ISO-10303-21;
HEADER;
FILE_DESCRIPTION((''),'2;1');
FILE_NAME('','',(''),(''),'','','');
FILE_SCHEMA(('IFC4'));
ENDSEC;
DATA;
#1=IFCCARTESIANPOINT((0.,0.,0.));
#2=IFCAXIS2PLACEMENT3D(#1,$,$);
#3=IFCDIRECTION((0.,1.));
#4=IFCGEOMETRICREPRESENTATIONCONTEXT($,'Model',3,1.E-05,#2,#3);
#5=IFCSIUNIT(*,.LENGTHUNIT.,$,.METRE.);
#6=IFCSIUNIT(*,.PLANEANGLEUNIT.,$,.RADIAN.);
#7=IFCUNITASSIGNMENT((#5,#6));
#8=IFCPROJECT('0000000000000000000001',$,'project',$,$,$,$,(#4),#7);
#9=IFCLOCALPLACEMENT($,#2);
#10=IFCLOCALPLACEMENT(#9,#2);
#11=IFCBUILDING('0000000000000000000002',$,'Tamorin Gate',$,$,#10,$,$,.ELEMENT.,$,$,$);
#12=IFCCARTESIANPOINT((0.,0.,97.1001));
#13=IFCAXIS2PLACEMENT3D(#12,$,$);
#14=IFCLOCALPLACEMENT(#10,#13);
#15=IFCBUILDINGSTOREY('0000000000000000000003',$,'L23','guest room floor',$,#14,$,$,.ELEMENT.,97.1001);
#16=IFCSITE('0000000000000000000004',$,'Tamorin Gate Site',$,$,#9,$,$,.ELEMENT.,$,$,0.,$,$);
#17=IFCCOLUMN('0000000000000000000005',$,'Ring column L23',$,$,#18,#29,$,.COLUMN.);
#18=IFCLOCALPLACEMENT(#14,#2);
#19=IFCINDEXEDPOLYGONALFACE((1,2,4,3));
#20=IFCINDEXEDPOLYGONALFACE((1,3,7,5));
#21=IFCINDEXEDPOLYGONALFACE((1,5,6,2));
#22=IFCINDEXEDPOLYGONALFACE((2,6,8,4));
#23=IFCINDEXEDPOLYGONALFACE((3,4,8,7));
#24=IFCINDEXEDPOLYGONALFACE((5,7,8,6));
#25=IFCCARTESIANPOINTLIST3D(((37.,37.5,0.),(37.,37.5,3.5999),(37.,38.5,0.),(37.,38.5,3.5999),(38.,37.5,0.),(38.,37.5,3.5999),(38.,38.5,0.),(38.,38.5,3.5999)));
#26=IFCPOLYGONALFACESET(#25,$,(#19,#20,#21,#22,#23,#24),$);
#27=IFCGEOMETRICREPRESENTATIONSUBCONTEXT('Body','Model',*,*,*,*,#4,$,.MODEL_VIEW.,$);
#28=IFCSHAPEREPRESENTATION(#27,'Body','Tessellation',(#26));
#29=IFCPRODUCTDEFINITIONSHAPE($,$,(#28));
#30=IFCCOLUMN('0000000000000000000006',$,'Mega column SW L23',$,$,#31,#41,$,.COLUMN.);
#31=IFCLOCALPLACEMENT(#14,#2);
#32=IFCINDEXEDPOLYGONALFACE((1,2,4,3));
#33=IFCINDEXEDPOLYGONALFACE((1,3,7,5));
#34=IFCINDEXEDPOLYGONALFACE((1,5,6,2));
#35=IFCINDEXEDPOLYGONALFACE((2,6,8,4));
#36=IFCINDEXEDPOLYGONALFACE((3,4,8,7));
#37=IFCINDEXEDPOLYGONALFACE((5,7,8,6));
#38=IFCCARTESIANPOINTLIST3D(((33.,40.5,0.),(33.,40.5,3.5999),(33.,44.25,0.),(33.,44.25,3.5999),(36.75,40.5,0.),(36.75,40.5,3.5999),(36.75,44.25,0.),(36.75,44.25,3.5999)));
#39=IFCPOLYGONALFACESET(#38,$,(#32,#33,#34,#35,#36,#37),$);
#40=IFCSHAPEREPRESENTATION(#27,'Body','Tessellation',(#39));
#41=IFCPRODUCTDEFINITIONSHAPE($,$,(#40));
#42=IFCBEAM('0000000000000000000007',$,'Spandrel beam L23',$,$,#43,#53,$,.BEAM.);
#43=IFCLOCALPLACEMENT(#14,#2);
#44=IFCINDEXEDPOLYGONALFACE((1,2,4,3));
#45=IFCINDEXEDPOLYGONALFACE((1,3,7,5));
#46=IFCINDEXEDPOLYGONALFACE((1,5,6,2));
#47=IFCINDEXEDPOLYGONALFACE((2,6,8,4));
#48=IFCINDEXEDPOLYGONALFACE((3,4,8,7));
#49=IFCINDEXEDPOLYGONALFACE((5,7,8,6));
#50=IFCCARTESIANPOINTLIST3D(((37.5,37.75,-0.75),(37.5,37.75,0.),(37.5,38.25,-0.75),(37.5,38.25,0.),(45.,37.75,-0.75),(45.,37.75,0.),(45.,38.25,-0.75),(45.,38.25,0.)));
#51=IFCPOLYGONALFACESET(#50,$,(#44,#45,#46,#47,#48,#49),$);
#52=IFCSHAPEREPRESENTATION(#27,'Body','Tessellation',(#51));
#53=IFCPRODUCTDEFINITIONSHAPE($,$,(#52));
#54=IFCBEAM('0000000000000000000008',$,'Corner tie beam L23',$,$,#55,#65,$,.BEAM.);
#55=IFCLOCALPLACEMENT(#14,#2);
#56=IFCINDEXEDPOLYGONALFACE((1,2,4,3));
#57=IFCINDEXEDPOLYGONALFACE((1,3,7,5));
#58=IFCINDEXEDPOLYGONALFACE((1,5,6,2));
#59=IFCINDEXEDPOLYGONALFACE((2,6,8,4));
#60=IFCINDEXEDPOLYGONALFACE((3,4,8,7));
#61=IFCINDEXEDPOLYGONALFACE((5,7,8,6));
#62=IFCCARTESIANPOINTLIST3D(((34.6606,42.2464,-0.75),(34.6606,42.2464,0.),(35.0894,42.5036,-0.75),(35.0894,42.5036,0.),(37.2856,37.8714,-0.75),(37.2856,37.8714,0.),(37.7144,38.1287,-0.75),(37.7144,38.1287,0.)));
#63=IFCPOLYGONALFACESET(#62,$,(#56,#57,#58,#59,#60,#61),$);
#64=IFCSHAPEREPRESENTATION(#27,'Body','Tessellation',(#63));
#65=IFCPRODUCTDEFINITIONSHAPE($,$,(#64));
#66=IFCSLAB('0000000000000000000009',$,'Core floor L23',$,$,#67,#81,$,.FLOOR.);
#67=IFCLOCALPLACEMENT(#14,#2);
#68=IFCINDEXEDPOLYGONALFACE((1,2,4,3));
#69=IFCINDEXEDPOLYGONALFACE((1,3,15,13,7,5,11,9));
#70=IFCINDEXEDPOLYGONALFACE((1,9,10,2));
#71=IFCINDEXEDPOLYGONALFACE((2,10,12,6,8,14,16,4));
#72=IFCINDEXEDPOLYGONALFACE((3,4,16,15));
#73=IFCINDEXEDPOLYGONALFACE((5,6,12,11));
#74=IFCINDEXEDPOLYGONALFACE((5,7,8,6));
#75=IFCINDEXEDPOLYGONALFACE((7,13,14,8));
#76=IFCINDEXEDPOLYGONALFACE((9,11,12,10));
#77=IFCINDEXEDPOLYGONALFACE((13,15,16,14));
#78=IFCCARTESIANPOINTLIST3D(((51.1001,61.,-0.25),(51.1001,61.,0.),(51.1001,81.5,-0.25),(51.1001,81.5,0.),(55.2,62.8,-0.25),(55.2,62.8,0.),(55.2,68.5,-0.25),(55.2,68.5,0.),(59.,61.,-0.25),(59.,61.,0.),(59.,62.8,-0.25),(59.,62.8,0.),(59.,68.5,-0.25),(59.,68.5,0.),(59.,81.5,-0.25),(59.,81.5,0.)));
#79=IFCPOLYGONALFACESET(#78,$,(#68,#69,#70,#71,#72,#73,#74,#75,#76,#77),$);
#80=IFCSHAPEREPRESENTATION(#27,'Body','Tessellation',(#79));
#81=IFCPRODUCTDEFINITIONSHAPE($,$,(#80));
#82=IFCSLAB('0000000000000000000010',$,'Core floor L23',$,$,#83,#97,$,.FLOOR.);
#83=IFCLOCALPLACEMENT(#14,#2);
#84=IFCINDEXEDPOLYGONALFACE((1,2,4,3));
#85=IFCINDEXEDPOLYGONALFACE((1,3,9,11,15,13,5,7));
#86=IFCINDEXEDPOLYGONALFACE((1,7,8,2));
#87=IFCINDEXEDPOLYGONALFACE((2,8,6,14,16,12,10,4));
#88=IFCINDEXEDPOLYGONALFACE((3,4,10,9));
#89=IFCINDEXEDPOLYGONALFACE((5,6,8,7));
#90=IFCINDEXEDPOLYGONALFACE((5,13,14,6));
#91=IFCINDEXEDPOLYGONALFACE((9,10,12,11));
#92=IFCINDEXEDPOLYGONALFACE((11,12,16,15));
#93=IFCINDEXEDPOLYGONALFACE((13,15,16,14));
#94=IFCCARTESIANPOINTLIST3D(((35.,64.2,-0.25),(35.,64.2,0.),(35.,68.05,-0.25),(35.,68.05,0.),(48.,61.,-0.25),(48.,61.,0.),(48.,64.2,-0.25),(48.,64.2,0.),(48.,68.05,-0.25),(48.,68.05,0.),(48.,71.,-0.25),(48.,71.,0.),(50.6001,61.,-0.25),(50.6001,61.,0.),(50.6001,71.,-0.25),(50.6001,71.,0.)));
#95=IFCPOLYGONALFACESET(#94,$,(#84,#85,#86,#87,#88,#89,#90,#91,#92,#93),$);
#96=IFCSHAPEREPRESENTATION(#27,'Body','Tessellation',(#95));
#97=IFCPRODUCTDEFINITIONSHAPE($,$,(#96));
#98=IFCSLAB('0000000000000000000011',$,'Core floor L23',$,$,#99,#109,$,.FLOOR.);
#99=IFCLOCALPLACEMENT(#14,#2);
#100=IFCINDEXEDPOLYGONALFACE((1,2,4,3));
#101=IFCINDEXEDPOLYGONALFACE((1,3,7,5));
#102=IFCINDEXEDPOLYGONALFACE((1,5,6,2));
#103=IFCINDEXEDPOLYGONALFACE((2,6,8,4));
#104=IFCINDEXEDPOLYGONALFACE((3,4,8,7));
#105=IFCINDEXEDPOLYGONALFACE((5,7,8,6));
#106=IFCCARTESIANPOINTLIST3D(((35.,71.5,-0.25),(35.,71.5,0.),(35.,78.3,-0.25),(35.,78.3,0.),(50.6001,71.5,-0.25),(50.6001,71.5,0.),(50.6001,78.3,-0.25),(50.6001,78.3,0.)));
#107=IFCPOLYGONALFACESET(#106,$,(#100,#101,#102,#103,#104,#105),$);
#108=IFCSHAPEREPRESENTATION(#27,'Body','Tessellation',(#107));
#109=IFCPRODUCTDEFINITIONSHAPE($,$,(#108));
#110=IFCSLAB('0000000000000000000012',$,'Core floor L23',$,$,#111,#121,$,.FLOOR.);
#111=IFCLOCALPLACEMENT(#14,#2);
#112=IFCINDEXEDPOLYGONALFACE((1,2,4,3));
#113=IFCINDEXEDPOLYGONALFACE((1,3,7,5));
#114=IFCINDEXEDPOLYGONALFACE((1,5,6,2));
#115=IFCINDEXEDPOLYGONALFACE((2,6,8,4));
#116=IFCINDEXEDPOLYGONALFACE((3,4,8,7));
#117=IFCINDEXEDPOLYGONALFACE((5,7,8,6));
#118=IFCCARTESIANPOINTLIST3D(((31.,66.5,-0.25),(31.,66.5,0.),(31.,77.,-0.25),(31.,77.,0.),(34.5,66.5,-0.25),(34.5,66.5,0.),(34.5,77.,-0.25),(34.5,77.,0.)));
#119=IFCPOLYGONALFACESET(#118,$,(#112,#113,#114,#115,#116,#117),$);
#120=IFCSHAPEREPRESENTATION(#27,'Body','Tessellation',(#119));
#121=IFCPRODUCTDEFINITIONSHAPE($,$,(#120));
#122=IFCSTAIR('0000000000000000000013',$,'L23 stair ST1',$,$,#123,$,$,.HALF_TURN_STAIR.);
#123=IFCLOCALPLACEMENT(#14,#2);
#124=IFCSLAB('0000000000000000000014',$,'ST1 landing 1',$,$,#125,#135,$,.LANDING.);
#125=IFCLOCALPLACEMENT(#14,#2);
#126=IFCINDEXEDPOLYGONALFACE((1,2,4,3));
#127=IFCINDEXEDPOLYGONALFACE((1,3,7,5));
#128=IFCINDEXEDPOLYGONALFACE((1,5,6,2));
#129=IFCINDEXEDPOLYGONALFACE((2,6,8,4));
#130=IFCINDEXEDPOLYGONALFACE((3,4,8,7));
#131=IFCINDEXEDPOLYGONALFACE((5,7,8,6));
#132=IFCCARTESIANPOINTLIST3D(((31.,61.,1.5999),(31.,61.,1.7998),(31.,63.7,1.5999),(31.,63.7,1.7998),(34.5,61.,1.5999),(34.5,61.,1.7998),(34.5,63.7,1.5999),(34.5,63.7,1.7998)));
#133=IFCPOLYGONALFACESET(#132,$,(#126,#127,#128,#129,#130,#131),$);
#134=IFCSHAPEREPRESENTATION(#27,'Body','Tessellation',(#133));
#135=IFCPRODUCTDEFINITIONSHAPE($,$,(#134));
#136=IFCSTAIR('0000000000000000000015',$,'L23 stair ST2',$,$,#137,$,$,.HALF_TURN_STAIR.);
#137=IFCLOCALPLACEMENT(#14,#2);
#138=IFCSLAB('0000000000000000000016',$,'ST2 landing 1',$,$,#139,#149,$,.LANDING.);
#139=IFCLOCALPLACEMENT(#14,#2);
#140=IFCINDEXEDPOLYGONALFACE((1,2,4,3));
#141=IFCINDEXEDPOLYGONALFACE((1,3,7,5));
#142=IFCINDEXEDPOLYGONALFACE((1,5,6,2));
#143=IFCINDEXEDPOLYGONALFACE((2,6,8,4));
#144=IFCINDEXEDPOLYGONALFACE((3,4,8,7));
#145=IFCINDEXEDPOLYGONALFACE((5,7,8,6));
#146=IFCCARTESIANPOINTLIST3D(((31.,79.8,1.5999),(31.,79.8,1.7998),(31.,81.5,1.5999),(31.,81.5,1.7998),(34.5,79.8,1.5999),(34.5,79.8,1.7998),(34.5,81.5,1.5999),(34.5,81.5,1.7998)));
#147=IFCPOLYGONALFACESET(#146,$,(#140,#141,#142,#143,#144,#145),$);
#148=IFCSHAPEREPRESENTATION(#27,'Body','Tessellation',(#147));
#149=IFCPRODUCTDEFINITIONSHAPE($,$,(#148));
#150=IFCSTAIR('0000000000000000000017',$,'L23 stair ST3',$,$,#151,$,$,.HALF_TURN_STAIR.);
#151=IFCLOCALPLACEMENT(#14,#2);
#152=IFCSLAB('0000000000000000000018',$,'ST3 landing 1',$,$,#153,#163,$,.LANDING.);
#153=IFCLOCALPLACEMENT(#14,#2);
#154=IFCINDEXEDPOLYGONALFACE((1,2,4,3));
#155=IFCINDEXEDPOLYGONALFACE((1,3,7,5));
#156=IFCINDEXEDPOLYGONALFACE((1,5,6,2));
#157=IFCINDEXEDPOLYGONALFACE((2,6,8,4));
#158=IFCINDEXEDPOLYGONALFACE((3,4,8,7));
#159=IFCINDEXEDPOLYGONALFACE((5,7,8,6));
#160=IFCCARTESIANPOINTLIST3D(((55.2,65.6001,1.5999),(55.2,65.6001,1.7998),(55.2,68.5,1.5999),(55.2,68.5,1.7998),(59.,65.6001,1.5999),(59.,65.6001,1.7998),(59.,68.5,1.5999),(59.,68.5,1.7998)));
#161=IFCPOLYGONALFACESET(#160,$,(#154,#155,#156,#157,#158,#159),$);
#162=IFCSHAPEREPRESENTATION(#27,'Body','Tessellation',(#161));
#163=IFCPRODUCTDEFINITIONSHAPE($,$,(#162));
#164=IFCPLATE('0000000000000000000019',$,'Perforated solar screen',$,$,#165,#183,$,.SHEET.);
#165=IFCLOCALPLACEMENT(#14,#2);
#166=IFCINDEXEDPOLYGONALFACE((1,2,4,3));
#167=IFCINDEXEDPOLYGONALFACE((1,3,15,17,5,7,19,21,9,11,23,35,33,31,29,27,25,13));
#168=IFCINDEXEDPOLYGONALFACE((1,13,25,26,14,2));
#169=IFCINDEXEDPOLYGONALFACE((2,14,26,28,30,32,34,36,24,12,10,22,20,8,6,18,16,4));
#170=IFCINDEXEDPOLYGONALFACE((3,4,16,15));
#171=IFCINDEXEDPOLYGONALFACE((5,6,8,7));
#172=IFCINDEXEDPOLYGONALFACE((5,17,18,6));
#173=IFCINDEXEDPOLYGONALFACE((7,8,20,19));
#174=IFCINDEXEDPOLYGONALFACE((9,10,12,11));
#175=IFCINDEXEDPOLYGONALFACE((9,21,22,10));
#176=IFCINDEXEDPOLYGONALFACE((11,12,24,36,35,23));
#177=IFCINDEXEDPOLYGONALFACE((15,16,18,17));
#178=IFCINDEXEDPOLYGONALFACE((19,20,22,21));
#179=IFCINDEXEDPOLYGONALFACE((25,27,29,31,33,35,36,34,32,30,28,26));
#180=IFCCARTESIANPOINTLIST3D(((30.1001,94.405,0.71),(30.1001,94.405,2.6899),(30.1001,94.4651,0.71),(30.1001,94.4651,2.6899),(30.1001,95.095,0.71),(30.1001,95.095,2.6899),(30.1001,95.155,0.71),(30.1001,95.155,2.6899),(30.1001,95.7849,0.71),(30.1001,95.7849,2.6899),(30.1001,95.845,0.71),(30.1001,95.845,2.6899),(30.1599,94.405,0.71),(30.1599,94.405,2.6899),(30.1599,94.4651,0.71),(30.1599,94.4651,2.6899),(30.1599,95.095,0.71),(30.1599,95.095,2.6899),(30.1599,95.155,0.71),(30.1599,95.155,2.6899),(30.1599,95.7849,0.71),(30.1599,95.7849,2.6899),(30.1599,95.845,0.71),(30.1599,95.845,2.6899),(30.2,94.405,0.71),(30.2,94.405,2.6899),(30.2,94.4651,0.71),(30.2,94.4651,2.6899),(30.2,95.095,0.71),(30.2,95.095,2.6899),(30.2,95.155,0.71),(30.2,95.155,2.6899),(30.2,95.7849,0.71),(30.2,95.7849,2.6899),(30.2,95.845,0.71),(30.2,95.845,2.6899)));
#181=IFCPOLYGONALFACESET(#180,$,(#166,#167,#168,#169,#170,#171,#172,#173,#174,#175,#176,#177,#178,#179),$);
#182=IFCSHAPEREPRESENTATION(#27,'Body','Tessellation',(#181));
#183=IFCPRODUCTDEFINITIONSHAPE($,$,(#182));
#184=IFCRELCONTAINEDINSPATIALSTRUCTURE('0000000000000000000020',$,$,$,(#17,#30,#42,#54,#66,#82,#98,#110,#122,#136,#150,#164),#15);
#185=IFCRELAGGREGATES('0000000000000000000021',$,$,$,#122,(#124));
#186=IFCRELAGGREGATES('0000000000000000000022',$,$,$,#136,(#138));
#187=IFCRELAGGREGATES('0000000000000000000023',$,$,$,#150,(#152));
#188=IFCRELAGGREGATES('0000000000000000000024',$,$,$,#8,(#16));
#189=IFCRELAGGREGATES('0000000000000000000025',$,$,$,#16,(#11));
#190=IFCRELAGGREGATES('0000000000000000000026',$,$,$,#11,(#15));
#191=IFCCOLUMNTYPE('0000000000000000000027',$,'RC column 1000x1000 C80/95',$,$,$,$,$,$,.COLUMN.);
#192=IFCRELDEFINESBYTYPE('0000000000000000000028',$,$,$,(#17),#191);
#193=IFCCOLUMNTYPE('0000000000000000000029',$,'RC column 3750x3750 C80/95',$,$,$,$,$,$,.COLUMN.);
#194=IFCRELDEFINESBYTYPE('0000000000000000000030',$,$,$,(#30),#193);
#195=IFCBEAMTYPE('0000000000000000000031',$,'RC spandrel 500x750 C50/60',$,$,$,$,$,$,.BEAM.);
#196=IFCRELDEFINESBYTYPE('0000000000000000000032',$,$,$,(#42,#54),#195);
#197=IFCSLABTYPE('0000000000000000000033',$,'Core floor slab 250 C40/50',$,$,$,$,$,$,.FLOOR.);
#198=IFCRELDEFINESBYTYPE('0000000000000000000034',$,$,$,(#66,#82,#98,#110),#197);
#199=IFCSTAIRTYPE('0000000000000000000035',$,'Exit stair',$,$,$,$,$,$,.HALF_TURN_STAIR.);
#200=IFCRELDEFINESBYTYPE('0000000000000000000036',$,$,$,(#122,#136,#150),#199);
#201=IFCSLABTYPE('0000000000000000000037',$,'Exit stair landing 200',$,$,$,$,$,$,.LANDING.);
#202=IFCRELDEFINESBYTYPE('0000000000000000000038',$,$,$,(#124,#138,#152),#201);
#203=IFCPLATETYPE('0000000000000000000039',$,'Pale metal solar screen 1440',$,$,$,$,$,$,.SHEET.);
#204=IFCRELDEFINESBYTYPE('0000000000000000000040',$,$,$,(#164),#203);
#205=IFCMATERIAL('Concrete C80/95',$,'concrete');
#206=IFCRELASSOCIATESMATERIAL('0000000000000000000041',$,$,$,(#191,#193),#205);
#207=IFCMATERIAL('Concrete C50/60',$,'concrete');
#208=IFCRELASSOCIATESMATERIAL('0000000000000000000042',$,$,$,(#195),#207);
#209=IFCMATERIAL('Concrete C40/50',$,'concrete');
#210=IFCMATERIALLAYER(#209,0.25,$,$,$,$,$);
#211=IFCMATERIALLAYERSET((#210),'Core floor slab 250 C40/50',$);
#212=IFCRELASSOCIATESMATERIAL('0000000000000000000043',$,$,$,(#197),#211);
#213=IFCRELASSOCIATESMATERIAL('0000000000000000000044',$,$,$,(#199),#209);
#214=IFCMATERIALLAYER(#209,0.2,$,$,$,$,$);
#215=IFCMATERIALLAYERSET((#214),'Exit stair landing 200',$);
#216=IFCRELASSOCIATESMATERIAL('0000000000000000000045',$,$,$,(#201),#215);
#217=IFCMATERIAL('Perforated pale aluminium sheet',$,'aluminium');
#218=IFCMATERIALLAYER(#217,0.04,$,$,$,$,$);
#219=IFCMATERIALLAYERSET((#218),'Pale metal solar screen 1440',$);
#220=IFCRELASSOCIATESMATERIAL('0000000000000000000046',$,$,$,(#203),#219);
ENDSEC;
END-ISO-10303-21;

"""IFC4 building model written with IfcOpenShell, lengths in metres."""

from ifc_helpers import new_model, si_unit, direction, frame, origin, origin_2d, place, context, subcontext, project, spatial, polyline, rectangle, outline, extrude, material, layer, layer_set, material_profile, profile_set, type_object, element, aggregate, save


model = new_model("IFC4")

# Units and contexts
model_context = context("Model", 3, precision=1e-05, world=origin(), true_north=direction((0.0, 1.0)))
body_context = subcontext(model_context, "Body", "Model", "MODEL_VIEW")
ifc_project = project(units=[si_unit("LENGTHUNIT", "METRE"), si_unit("PLANEANGLEUNIT", "RADIAN")], contexts=[model_context])

# Site, building, storey
site_placement = place(None, origin())
site = spatial("IfcSite", under=ifc_project, at=site_placement, Name="Tamorin Gate Site", CompositionType="ELEMENT", RefElevation=0.0)
building_placement = place(site_placement, origin())
building = spatial("IfcBuilding", under=site, at=building_placement, Name="Tamorin Gate", CompositionType="ELEMENT")
storey_placement = place(building_placement, frame((0.0, 0.0, 97.1001)))
storey = spatial("IfcBuildingStorey", under=building, at=storey_placement, Name="L23", Description="guest room floor", CompositionType="ELEMENT", Elevation=97.1001)

# Columns
ifc_material_1 = material(Name="Concrete C80/95", Category="concrete")
ifc_material_profile_1 = material_profile(ifc_material_1, rectangle(XDim=1.0, YDim=1.0, at=origin_2d()), Name="RC 1000x1000")
ifc_profile_set_1 = profile_set([ifc_material_profile_1], Name="Concrete C80/95")
column_type_1 = type_object("IfcColumnType", Name="RC column 1000x1000 C80/95", PredefinedType="COLUMN", material=ifc_profile_set_1)
column_1_placement = place(storey_placement, frame((37.5, 38.0, 0.0), z_axis=(0.0, 0.0, 1.0), x_axis=(1.0, 0.0, 0.0)))
element("IfcColumn", 1, at=column_1_placement, inside=storey, type_object=column_type_1, Name="Ring column L23", PredefinedType="COLUMN", context=body_context, shape_type="SweptSolid", body=[
    extrude(rectangle(XDim=1.0, YDim=1.0, at=origin_2d()), origin(), (0.0, 0.0, 1.0), 3.5999),
])
ifc_material_profile_2 = material_profile(ifc_material_1, rectangle(XDim=3.75, YDim=3.75, at=origin_2d()), Name="RC 3750x3750")
ifc_profile_set_2 = profile_set([ifc_material_profile_2], Name="Concrete C80/95")
column_type_2 = type_object("IfcColumnType", Name="RC column 3750x3750 C80/95", PredefinedType="COLUMN", material=ifc_profile_set_2)
column_2_placement = place(storey_placement, frame((34.875, 42.375, 0.0), z_axis=(0.0, 0.0, 1.0), x_axis=(1.0, 0.0, 0.0)))
element("IfcColumn", 2, at=column_2_placement, inside=storey, type_object=column_type_2, Name="Mega column SW L23", PredefinedType="COLUMN", context=body_context, shape_type="SweptSolid", body=[
    extrude(rectangle(XDim=3.75, YDim=3.75, at=origin_2d()), origin(), (0.0, 0.0, 1.0), 3.5999),
])

# Beams
ifc_material_2 = material(Name="Concrete C50/60", Category="concrete")
ifc_material_profile_3 = material_profile(ifc_material_2, rectangle(XDim=0.5, YDim=0.75, at=origin_2d()), Name="RC 500x750")
ifc_profile_set_3 = profile_set([ifc_material_profile_3], Name="Concrete C50/60")
beam_type = type_object("IfcBeamType", Name="RC spandrel 500x750 C50/60", PredefinedType="BEAM", material=ifc_profile_set_3)
beam_1_placement = place(storey_placement, frame((37.5, 38.0, -0.375), z_axis=(1.0, 0.0, 0.0), x_axis=(0.0, 1.0, 0.0)))
element("IfcBeam", 3, at=beam_1_placement, inside=storey, type_object=beam_type, Name="Spandrel beam L23", PredefinedType="BEAM", context=body_context, shape_type="SweptSolid", body=[
    extrude(rectangle(XDim=0.5, YDim=0.75, at=origin_2d()), origin(), (0.0, 0.0, 1.0), 7.5),
])
beam_2_placement = place(storey_placement, frame((34.875, 42.375, -0.375), z_axis=(0.514496, -0.857493, 0.0), x_axis=(0.857493, 0.514496, 0.0)))
element("IfcBeam", 4, at=beam_2_placement, inside=storey, type_object=beam_type, Name="Corner tie beam L23", PredefinedType="BEAM", context=body_context, shape_type="SweptSolid", body=[
    extrude(rectangle(XDim=0.5, YDim=0.75, at=origin_2d()), origin(), (0.0, 0.0, 1.0), 5.1021),
])

# Slabs
ifc_material_3 = material(Name="Concrete C40/50", Category="concrete")
ifc_layer_1 = layer(ifc_material_3, 0.25)
ifc_layer_set_1 = layer_set([ifc_layer_1], Name="Core floor slab 250 C40/50")
slab_type_1 = type_object("IfcSlabType", Name="Core floor slab 250 C40/50", PredefinedType="FLOOR", material=ifc_layer_set_1)
slab_1_placement = place(storey_placement, frame((0.0, 0.0, -0.25)))
element("IfcSlab", 5, at=slab_1_placement, inside=storey, type_object=slab_type_1, Name="Core floor L23", PredefinedType="FLOOR", context=body_context, shape_type="SweptSolid", body=[
    extrude(outline(polyline([(59.0, 62.8), (59.0, 61.0), (51.1001, 61.0), (51.1001, 81.5), (59.0, 81.5), (59.0, 68.5), (55.2, 68.5), (55.2, 62.8), (59.0, 62.8)])), origin(), (0.0, 0.0, 1.0), 0.25),
])
slab_2_placement = place(storey_placement, frame((0.0, 0.0, -0.25)))
element("IfcSlab", 6, at=slab_2_placement, inside=storey, type_object=slab_type_1, Name="Core floor L23", PredefinedType="FLOOR", context=body_context, shape_type="SweptSolid", body=[
    extrude(outline(polyline([(50.6001, 61.0), (48.0, 61.0), (48.0, 64.2), (35.0, 64.2), (35.0, 68.05), (48.0, 68.05), (48.0, 71.0), (50.6001, 71.0), (50.6001, 61.0)])), origin(), (0.0, 0.0, 1.0), 0.25),
])
slab_3_placement = place(storey_placement, frame((0.0, 0.0, -0.25)))
element("IfcSlab", 7, at=slab_3_placement, inside=storey, type_object=slab_type_1, Name="Core floor L23", PredefinedType="FLOOR", context=body_context, shape_type="SweptSolid", body=[
    extrude(outline(polyline([(50.6001, 71.5), (35.0, 71.5), (35.0, 78.3), (50.6001, 78.3), (50.6001, 71.5)])), origin(), (0.0, 0.0, 1.0), 0.25),
])
slab_4_placement = place(storey_placement, frame((0.0, 0.0, -0.25)))
element("IfcSlab", 8, at=slab_4_placement, inside=storey, type_object=slab_type_1, Name="Core floor L23", PredefinedType="FLOOR", context=body_context, shape_type="SweptSolid", body=[
    extrude(outline(polyline([(31.0, 66.5), (31.0, 77.0), (34.5, 77.0), (34.5, 66.5), (31.0, 66.5)])), origin(), (0.0, 0.0, 1.0), 0.25),
])

# Stairs, slabs
stair_type = type_object("IfcStairType", Name="Exit stair", PredefinedType="HALF_TURN_STAIR", material=ifc_material_3)
stair_1_placement = place(storey_placement, origin())
stair_1 = element("IfcStair", 9, at=stair_1_placement, inside=storey, type_object=stair_type, Name="L23 stair ST1", PredefinedType="HALF_TURN_STAIR")
ifc_layer_2 = layer(ifc_material_3, 0.2)
ifc_layer_set_2 = layer_set([ifc_layer_2], Name="Exit stair landing 200")
slab_type_2 = type_object("IfcSlabType", Name="Exit stair landing 200", PredefinedType="LANDING", material=ifc_layer_set_2)
slab_5_placement = place(storey_placement, frame((0.0, 0.0, 1.5999)))
slab_5 = element("IfcSlab", 10, at=slab_5_placement, type_object=slab_type_2, Name="ST1 landing 1", PredefinedType="LANDING", context=body_context, shape_type="SweptSolid", body=[
    extrude(outline(polyline([(31.0, 63.7), (31.0, 61.0), (34.5, 61.0), (34.5, 63.7), (31.0, 63.7)])), origin(), (0.0, 0.0, 1.0), 0.2),
])
aggregate(stair_1, [slab_5])
stair_2_placement = place(storey_placement, origin())
stair_2 = element("IfcStair", 11, at=stair_2_placement, inside=storey, type_object=stair_type, Name="L23 stair ST2", PredefinedType="HALF_TURN_STAIR")
slab_6_placement = place(storey_placement, frame((0.0, 0.0, 1.5999)))
slab_6 = element("IfcSlab", 12, at=slab_6_placement, type_object=slab_type_2, Name="ST2 landing 1", PredefinedType="LANDING", context=body_context, shape_type="SweptSolid", body=[
    extrude(outline(polyline([(34.5, 79.8), (34.5, 81.5), (31.0, 81.5), (31.0, 79.8), (34.5, 79.8)])), origin(), (0.0, 0.0, 1.0), 0.2),
])
aggregate(stair_2, [slab_6])
stair_3_placement = place(storey_placement, origin())
stair_3 = element("IfcStair", 13, at=stair_3_placement, inside=storey, type_object=stair_type, Name="L23 stair ST3", PredefinedType="HALF_TURN_STAIR")
slab_7_placement = place(storey_placement, frame((0.0, 0.0, 1.5999)))
slab_7 = element("IfcSlab", 14, at=slab_7_placement, type_object=slab_type_2, Name="ST3 landing 1", PredefinedType="LANDING", context=body_context, shape_type="SweptSolid", body=[
    extrude(outline(polyline([(59.0, 65.6001), (59.0, 68.5), (55.2, 68.5), (55.2, 65.6001), (59.0, 65.6001)])), origin(), (0.0, 0.0, 1.0), 0.2),
])
aggregate(stair_3, [slab_7])

# Plate
ifc_material_4 = material(Name="Perforated pale aluminium sheet", Category="aluminium")
ifc_layer_3 = layer(ifc_material_4, 0.04)
ifc_layer_set_3 = layer_set([ifc_layer_3], Name="Pale metal solar screen 1440")
plate_type = type_object("IfcPlateType", Name="Pale metal solar screen 1440", PredefinedType="SHEET", material=ifc_layer_set_3)
plate_1_placement = place(storey_placement, frame((0.0, 0.0, 0.71)))
element("IfcPlate", 15, at=plate_1_placement, inside=storey, type_object=plate_type, Name="Perforated solar screen", PredefinedType="SHEET", context=body_context, shape_type="SweptSolid", body=[
    extrude(outline(polyline([(30.1599, 95.845), (30.2, 95.845), (30.2, 95.7849), (30.2, 95.155), (30.2, 95.095), (30.2, 94.4651), (30.2, 94.405), (30.2, 94.405), (30.1599, 94.405), (30.1599, 94.405), (30.1001, 94.405), (30.1001, 94.4651), (30.1599, 94.4651), (30.1599, 95.095), (30.1001, 95.095), (30.1001, 95.155), (30.1599, 95.155), (30.1599, 95.7849), (30.1001, 95.7849), (30.1001, 95.845), (30.1599, 95.845)])), origin(), (0.0, 0.0, 1.0), 1.98),
])

save(model, "model.ifc")
